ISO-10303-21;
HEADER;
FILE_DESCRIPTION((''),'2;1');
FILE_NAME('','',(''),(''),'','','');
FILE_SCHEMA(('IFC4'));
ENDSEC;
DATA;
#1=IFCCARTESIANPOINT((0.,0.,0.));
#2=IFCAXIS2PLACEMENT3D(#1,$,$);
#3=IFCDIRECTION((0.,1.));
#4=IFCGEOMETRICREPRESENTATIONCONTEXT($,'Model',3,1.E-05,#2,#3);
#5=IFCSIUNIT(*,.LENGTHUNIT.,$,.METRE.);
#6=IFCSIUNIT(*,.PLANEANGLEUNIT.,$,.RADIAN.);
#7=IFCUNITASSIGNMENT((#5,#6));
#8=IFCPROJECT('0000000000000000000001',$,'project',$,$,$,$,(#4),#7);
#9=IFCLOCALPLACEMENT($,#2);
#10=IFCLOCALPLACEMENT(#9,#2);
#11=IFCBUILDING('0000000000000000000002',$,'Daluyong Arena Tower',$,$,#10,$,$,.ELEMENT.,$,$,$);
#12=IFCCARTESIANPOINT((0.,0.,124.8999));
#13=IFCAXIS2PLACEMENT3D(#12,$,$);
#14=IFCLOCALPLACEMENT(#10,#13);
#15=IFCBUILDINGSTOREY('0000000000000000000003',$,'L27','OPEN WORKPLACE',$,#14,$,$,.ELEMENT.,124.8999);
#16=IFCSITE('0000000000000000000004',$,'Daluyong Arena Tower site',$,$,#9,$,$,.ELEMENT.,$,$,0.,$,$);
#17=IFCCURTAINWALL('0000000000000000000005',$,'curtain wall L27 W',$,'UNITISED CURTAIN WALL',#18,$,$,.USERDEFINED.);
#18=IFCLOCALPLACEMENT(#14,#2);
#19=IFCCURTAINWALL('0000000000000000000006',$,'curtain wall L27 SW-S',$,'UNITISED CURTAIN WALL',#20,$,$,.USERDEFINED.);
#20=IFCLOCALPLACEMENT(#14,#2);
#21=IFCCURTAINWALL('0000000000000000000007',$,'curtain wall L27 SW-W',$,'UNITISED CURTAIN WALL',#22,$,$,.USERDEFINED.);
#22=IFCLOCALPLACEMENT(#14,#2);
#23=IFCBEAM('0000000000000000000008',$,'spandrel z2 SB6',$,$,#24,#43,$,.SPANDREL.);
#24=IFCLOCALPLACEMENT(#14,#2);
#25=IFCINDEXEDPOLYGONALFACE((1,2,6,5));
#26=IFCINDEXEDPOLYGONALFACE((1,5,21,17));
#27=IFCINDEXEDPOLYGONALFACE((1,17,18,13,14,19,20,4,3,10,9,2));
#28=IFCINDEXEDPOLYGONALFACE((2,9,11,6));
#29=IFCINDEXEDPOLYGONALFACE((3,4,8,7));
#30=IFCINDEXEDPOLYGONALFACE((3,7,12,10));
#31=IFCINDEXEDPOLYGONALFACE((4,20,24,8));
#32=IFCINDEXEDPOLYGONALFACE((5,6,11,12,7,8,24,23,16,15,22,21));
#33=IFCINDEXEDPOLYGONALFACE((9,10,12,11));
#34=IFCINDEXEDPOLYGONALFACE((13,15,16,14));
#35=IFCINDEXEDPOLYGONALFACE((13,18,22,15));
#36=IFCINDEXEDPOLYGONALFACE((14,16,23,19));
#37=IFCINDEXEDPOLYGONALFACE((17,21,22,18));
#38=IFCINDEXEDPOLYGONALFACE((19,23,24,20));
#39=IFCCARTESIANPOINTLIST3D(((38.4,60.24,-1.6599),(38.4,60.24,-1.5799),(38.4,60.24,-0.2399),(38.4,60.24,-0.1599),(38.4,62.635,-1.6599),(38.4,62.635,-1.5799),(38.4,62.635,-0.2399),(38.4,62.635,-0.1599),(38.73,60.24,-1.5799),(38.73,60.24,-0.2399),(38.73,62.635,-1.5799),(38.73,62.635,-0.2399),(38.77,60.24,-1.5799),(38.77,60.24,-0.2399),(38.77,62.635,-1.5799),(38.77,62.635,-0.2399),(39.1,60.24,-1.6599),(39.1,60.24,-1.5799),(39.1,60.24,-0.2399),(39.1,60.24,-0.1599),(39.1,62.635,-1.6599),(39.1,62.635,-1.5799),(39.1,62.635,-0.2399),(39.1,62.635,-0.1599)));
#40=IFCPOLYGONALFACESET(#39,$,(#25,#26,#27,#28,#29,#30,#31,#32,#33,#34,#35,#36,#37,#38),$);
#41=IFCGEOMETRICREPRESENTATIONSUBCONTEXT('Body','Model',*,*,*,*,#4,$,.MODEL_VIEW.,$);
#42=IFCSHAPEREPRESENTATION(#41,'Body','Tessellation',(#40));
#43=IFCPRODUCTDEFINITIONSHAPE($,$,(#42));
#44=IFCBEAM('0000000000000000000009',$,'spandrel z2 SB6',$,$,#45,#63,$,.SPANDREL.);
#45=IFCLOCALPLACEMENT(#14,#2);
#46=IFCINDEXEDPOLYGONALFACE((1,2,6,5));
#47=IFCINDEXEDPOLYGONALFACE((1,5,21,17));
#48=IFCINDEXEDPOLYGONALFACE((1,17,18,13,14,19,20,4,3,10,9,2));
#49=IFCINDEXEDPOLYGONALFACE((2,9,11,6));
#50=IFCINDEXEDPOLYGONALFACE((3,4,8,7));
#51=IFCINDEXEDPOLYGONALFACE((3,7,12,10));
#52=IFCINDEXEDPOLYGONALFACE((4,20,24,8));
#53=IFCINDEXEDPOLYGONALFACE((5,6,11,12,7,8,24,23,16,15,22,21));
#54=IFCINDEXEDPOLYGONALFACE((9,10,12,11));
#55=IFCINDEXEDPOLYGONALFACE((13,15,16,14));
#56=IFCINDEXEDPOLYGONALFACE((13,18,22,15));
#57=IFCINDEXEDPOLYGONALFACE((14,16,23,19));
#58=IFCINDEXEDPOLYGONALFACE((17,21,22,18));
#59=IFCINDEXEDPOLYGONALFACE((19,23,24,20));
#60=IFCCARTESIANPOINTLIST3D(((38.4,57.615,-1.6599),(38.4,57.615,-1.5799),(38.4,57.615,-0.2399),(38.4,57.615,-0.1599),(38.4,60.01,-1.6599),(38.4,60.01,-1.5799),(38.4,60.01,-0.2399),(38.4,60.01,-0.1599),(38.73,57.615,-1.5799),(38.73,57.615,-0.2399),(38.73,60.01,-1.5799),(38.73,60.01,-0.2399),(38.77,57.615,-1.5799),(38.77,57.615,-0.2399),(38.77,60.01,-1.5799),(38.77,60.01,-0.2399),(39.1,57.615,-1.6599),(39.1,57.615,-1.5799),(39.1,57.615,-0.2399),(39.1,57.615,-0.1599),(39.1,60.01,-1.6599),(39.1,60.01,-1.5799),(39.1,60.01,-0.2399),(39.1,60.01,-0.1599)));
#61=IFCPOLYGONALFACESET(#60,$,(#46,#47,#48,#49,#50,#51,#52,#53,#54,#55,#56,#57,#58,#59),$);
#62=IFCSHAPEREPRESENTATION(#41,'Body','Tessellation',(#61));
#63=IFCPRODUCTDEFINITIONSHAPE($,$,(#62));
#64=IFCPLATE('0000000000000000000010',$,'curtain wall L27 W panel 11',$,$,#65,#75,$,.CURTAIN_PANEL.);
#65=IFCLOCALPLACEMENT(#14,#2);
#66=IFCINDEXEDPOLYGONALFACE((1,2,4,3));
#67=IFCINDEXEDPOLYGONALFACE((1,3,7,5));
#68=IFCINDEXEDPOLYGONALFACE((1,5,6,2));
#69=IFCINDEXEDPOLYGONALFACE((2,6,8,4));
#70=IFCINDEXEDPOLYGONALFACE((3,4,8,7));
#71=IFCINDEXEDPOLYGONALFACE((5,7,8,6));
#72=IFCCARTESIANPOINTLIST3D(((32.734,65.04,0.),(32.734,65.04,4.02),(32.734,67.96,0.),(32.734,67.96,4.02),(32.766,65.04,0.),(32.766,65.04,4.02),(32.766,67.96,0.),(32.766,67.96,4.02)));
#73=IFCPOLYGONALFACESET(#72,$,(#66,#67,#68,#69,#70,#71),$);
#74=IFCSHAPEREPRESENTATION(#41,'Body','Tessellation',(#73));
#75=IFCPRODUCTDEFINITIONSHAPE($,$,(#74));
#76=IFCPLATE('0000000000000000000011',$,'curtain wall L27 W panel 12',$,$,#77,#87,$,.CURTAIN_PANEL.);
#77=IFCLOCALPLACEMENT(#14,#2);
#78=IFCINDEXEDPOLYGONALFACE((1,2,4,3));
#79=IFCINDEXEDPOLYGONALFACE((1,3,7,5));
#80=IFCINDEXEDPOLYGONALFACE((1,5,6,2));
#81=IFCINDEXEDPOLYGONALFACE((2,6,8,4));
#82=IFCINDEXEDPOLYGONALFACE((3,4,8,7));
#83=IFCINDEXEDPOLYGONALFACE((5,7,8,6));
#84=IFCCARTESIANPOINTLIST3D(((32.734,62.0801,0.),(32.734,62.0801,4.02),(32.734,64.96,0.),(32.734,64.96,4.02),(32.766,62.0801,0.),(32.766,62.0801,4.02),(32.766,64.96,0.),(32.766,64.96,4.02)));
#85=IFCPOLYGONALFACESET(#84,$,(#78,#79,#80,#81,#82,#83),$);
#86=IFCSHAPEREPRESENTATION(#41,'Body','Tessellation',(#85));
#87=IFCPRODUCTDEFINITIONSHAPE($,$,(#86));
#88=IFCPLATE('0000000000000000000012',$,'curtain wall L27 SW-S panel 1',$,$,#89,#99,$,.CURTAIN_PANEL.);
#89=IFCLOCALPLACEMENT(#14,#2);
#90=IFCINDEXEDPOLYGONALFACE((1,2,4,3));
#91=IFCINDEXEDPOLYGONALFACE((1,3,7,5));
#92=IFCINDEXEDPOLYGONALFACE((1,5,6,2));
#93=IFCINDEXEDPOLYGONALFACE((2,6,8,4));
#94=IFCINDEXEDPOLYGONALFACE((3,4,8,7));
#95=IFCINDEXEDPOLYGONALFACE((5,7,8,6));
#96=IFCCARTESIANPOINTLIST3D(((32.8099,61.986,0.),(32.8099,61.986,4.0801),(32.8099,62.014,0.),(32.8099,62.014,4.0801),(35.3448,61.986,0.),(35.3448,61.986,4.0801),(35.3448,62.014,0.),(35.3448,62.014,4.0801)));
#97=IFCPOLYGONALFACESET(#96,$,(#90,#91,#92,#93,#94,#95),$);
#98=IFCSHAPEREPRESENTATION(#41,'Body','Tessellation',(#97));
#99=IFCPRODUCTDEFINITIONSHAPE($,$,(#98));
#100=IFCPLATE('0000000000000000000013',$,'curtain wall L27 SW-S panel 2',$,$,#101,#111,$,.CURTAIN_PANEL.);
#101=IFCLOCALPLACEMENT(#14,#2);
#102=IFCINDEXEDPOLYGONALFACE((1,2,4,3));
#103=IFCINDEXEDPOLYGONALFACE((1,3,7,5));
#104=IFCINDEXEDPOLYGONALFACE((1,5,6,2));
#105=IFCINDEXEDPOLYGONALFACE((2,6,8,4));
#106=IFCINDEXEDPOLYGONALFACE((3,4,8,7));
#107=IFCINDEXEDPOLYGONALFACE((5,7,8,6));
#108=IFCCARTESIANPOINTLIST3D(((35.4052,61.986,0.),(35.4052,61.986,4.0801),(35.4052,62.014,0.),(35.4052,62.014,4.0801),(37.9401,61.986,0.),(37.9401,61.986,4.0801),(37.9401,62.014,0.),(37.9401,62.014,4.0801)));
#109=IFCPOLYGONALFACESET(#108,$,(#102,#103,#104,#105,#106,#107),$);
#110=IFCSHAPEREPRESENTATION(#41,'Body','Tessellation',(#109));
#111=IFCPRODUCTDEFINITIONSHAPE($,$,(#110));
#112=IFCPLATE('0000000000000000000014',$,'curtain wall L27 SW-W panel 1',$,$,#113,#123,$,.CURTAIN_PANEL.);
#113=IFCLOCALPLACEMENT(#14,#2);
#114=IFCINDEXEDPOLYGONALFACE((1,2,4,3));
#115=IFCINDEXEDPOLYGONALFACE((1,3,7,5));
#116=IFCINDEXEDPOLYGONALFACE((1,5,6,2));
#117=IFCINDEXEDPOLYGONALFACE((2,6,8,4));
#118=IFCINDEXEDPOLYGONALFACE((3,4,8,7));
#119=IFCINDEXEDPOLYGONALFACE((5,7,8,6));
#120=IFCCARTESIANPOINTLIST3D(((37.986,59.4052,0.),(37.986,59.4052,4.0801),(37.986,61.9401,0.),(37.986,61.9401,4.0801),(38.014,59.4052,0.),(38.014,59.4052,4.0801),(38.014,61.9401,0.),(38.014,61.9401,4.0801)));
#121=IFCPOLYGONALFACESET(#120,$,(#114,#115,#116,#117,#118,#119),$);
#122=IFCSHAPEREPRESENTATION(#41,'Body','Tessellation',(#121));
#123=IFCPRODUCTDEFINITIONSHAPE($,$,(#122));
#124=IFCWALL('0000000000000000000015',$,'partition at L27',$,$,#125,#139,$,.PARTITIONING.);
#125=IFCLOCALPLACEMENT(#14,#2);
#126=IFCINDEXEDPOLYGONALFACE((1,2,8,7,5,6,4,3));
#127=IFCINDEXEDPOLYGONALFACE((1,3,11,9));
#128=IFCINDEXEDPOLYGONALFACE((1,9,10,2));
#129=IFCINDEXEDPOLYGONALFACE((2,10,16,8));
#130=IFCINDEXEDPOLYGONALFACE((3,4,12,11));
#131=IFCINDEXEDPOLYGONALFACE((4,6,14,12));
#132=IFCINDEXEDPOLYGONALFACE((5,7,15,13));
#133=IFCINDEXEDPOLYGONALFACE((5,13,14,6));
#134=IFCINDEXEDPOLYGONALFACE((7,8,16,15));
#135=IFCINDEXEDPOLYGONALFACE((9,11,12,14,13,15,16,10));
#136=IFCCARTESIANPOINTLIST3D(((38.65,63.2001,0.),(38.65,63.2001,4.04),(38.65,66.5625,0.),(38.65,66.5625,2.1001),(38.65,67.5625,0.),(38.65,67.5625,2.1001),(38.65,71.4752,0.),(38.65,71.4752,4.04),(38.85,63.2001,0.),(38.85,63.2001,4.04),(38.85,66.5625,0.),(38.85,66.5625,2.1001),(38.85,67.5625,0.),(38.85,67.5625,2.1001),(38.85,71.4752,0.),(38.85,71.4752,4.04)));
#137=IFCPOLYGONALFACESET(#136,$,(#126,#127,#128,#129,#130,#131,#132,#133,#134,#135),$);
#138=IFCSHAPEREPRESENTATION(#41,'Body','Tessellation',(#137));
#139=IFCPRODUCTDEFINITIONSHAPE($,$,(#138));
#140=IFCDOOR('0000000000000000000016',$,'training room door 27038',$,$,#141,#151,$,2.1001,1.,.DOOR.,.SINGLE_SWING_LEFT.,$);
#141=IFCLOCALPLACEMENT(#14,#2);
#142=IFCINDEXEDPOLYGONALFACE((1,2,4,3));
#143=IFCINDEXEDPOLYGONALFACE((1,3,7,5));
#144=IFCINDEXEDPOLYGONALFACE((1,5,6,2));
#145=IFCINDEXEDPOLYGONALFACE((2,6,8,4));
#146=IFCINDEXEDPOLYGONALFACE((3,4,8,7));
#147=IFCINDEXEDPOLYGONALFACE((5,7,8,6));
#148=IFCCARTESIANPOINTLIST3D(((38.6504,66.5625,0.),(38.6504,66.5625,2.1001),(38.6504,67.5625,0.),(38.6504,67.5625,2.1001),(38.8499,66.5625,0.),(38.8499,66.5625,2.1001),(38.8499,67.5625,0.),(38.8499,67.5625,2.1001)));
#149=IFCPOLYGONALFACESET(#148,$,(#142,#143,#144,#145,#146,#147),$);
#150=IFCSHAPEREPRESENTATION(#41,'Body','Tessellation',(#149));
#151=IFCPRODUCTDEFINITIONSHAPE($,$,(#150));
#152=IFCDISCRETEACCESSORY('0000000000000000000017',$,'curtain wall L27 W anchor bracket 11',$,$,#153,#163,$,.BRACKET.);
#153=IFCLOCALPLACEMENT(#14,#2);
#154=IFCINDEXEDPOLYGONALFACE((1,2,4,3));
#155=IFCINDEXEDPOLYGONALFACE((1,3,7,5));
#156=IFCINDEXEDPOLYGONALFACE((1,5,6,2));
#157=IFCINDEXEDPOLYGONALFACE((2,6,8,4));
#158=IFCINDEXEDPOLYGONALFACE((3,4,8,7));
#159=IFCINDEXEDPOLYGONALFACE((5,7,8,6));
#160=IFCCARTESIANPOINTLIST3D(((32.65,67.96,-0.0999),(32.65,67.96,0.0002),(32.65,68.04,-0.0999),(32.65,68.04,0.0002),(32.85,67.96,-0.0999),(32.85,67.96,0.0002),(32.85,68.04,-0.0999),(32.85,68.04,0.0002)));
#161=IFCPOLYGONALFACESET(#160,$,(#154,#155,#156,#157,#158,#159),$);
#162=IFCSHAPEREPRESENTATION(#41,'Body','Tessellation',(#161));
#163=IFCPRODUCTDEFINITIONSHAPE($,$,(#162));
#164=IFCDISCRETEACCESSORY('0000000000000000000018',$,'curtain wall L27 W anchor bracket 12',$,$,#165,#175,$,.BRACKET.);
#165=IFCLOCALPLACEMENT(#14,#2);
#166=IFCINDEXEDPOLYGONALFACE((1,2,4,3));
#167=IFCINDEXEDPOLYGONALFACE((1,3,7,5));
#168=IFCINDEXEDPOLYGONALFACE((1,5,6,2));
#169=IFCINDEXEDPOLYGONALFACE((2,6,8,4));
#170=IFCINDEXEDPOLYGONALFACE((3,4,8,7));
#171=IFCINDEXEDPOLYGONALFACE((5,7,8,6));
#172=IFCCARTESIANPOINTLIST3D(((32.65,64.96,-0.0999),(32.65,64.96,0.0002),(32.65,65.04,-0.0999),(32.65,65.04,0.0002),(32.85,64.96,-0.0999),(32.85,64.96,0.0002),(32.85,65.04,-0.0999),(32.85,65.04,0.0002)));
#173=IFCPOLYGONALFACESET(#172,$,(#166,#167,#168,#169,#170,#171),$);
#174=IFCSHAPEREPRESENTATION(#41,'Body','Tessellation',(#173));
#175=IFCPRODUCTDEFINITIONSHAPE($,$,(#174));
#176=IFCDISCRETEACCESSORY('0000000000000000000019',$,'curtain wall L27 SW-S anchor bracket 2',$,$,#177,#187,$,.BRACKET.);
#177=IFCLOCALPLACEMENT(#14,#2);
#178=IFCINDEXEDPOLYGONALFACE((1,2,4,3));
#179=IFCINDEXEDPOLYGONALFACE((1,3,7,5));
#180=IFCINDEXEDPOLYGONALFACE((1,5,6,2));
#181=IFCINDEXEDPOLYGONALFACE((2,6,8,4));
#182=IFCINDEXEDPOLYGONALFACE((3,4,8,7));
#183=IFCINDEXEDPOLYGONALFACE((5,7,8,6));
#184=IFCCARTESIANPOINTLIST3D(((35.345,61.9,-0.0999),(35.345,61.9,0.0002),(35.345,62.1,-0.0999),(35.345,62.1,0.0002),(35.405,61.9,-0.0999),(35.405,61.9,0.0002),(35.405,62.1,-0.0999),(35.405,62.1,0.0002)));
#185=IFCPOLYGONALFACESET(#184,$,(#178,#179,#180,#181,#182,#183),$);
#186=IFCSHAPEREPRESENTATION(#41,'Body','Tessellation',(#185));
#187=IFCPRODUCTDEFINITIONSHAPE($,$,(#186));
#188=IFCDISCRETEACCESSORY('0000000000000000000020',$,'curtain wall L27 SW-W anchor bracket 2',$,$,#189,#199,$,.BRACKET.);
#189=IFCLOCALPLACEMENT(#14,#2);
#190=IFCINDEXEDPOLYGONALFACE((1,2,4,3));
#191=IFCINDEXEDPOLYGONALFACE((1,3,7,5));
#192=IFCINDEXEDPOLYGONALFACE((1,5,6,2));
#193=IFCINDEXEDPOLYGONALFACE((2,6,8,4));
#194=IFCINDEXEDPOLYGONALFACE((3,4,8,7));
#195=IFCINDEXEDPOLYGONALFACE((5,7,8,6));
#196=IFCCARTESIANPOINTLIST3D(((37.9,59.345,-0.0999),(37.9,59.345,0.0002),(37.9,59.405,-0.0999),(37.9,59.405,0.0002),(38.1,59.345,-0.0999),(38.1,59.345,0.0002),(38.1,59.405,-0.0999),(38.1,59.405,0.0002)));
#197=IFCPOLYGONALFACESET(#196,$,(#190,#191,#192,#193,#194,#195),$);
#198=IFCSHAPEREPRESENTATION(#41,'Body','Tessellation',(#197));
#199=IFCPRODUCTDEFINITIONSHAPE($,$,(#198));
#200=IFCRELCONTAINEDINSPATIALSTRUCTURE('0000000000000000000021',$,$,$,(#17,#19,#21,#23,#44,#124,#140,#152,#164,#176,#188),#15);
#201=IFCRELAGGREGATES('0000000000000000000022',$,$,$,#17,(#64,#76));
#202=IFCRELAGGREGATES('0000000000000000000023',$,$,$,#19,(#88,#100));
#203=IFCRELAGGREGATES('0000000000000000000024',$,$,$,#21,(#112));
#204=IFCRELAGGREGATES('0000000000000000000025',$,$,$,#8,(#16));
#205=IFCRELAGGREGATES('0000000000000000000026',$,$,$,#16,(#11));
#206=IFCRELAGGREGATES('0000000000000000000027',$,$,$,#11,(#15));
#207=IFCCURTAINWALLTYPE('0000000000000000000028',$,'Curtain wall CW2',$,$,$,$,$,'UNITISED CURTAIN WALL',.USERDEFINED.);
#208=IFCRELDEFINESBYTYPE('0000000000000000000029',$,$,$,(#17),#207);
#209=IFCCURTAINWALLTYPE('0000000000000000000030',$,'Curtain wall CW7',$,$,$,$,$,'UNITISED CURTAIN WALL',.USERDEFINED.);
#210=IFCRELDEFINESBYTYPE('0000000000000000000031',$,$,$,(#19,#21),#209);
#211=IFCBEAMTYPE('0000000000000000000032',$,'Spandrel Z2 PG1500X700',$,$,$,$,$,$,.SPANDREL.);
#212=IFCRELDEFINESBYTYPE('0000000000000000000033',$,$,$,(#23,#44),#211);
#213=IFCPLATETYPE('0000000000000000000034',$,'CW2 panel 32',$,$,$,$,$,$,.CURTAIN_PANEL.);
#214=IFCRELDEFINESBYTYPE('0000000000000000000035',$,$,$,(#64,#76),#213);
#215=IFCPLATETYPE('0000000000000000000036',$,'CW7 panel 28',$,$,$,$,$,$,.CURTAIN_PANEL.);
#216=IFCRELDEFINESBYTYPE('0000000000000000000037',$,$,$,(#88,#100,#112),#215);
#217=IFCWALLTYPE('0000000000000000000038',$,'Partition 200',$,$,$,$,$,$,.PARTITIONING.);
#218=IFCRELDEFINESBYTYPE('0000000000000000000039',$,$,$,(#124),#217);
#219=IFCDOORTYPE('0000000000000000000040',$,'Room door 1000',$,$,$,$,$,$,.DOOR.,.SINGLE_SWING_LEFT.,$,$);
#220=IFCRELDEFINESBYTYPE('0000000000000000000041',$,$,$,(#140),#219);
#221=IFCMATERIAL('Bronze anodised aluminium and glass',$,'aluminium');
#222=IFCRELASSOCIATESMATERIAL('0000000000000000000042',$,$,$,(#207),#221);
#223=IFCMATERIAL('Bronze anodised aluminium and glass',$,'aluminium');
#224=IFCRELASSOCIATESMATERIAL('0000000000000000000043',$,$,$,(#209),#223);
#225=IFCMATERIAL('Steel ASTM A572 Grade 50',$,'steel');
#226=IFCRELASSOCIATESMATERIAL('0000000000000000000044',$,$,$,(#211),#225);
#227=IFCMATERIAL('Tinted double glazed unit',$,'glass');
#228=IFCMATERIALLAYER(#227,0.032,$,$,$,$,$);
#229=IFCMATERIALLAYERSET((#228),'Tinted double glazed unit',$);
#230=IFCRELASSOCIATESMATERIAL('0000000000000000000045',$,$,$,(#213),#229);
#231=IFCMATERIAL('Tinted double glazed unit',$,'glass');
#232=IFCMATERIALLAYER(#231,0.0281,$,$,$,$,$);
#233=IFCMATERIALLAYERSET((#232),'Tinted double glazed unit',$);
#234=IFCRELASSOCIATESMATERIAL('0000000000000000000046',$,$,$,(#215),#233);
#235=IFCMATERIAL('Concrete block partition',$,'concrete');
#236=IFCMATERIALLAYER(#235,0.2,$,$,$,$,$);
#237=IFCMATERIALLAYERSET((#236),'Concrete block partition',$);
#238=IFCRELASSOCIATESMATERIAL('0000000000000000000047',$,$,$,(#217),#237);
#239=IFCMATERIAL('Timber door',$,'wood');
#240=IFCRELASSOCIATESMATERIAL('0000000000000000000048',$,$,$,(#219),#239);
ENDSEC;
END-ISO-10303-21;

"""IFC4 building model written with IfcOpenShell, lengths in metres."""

from ifc_helpers import new_model, si_unit, direction, frame, frame_2d, origin, origin_2d, place, context, subcontext, project, spatial, rectangle, i_section, extrude, material, layer, layer_set, material_profile, profile_set, type_object, element, fill, aggregate, save


model = new_model("IFC4")

# Units and contexts
model_context = context("Model", 3, precision=1e-05, world=origin(), true_north=direction((0.0, 1.0)))
body_context = subcontext(model_context, "Body", "Model", "MODEL_VIEW")
ifc_project = project(units=[si_unit("LENGTHUNIT", "METRE"), si_unit("PLANEANGLEUNIT", "RADIAN")], contexts=[model_context])

# Site, building, storey
site_placement = place(None, origin())
site = spatial("IfcSite", under=ifc_project, at=site_placement, Name="Daluyong Arena Tower site", CompositionType="ELEMENT", RefElevation=0.0)
building_placement = place(site_placement, origin())
building = spatial("IfcBuilding", under=site, at=building_placement, Name="Daluyong Arena Tower", CompositionType="ELEMENT")
storey_placement = place(building_placement, frame((0.0, 0.0, 124.8999)))
storey = spatial("IfcBuildingStorey", under=building, at=storey_placement, Name="L27", Description="OPEN WORKPLACE", CompositionType="ELEMENT", Elevation=124.8999)

# Curtain walls
ifc_material_1 = material(Name="Bronze anodised aluminium and glass", Category="aluminium")
curtain_wall_type_1 = type_object("IfcCurtainWallType", Name="Curtain wall CW2", ElementType="UNITISED CURTAIN WALL", PredefinedType="USERDEFINED", material=ifc_material_1)
curtain_wall_1_placement = place(storey_placement, origin())
curtain_wall_1 = element("IfcCurtainWall", 1, at=curtain_wall_1_placement, inside=storey, type_object=curtain_wall_type_1, Name="curtain wall L27 W", ObjectType="UNITISED CURTAIN WALL", PredefinedType="USERDEFINED")
ifc_material_2 = material(Name="Bronze anodised aluminium and glass", Category="aluminium")
curtain_wall_type_2 = type_object("IfcCurtainWallType", Name="Curtain wall CW7", ElementType="UNITISED CURTAIN WALL", PredefinedType="USERDEFINED", material=ifc_material_2)
curtain_wall_2_placement = place(storey_placement, origin())
curtain_wall_2 = element("IfcCurtainWall", 2, at=curtain_wall_2_placement, inside=storey, type_object=curtain_wall_type_2, Name="curtain wall L27 SW-S", ObjectType="UNITISED CURTAIN WALL", PredefinedType="USERDEFINED")
curtain_wall_3_placement = place(storey_placement, origin())
curtain_wall_3 = element("IfcCurtainWall", 3, at=curtain_wall_3_placement, inside=storey, type_object=curtain_wall_type_2, Name="curtain wall L27 SW-W", ObjectType="UNITISED CURTAIN WALL", PredefinedType="USERDEFINED")

# Beams
ifc_material_3 = material(Name="Steel ASTM A572 Grade 50", Category="steel")
ifc_material_profile_1 = material_profile(ifc_material_3, i_section(OverallWidth=0.7, OverallDepth=1.5, WebThickness=0.04, FlangeThickness=0.08, at=origin_2d()))
ifc_profile_set_1 = profile_set([ifc_material_profile_1], Name="Steel ASTM A572 Grade 50")
beam_type_1 = type_object("IfcBeamType", Name="Spandrel Z2 PG1500X700", PredefinedType="SPANDREL", material=ifc_profile_set_1)
for number, where, z_axis, x_axis, name in (
    (4, (38.75, 62.635, -0.9099), (0.0, -1.0, 0.0), (1.0, 0.0, 0.0), "spandrel z2 SB6"),
    (5, (38.75, 60.01, -0.9099), (0.0, -1.0, 0.0), (1.0, 0.0, 0.0), "spandrel z2 SB6"),
):
    element("IfcBeam", number, at=place(storey_placement, frame(where, z_axis=z_axis, x_axis=x_axis)), inside=storey, type_object=beam_type_1, Name=name, PredefinedType="SPANDREL", context=body_context, shape_type="SweptSolid", body=[
        extrude(i_section(OverallWidth=0.7, OverallDepth=1.5, WebThickness=0.04, FlangeThickness=0.08, at=origin_2d()), origin(), (0.0, 0.0, 1.0), 2.395),
    ])

# Plates
ifc_material_4 = material(Name="Tinted double glazed unit", Category="glass")
ifc_layer_1 = layer(ifc_material_4, 0.032)
ifc_layer_set_1 = layer_set([ifc_layer_1], Name="Tinted double glazed unit")
plate_type_1 = type_object("IfcPlateType", Name="CW2 panel 32", PredefinedType="CURTAIN_PANEL", material=ifc_layer_set_1)
plate_1_placement = place(storey_placement, frame((32.75, 66.5, 0.0), z_axis=(0.0, 0.0, 1.0), x_axis=(0.0, -1.0, 0.0)))
plate_1 = element("IfcPlate", 6, at=plate_1_placement, type_object=plate_type_1, Name="curtain wall L27 W panel 11", PredefinedType="CURTAIN_PANEL", context=body_context, shape_type="SweptSolid", body=[
    extrude(rectangle(XDim=2.9199, YDim=0.032, at=origin_2d()), origin(), (0.0, 0.0, 1.0), 4.02),
])
plate_2_placement = place(storey_placement, frame((32.75, 63.52, 0.0), z_axis=(0.0, 0.0, 1.0), x_axis=(0.0, -1.0, 0.0)))
plate_2 = element("IfcPlate", 7, at=plate_2_placement, type_object=plate_type_1, Name="curtain wall L27 W panel 12", PredefinedType="CURTAIN_PANEL", context=body_context, shape_type="SweptSolid", body=[
    extrude(rectangle(XDim=2.8799, YDim=0.032, at=origin_2d()), origin(), (0.0, 0.0, 1.0), 4.02),
])
aggregate(curtain_wall_1, [plate_1, plate_2])
ifc_material_5 = material(Name="Tinted double glazed unit", Category="glass")
ifc_layer_2 = layer(ifc_material_5, 0.0281)
ifc_layer_set_2 = layer_set([ifc_layer_2], Name="Tinted double glazed unit")
plate_type_2 = type_object("IfcPlateType", Name="CW7 panel 28", PredefinedType="CURTAIN_PANEL", material=ifc_layer_set_2)
plate_3_placement = place(storey_placement, frame((34.0774, 62.0, 0.0), z_axis=(0.0, 0.0, 1.0), x_axis=(1.0, 0.0, 0.0)))
plate_3 = element("IfcPlate", 8, at=plate_3_placement, type_object=plate_type_2, Name="curtain wall L27 SW-S panel 1", PredefinedType="CURTAIN_PANEL", context=body_context, shape_type="SweptSolid", body=[
    extrude(rectangle(XDim=2.5349, YDim=0.0281, at=origin_2d()), origin(), (0.0, 0.0, 1.0), 4.0801),
])
plate_4_placement = place(storey_placement, frame((36.6726, 62.0, 0.0), z_axis=(0.0, 0.0, 1.0), x_axis=(1.0, 0.0, 0.0)))
plate_4 = element("IfcPlate", 9, at=plate_4_placement, type_object=plate_type_2, Name="curtain wall L27 SW-S panel 2", PredefinedType="CURTAIN_PANEL", context=body_context, shape_type="SweptSolid", body=[
    extrude(rectangle(XDim=2.5349, YDim=0.0281, at=origin_2d()), origin(), (0.0, 0.0, 1.0), 4.0801),
])
aggregate(curtain_wall_2, [plate_3, plate_4])
plate_5_placement = place(storey_placement, frame((38.0, 60.6726, 0.0), z_axis=(0.0, 0.0, 1.0), x_axis=(0.0, -1.0, 0.0)))
plate_5 = element("IfcPlate", 10, at=plate_5_placement, type_object=plate_type_2, Name="curtain wall L27 SW-W panel 1", PredefinedType="CURTAIN_PANEL", context=body_context, shape_type="SweptSolid", body=[
    extrude(rectangle(XDim=2.5349, YDim=0.0281, at=origin_2d()), origin(), (0.0, 0.0, 1.0), 4.0801),
])
aggregate(curtain_wall_3, [plate_5])

# Wall, opening, door
ifc_material_6 = material(Name="Concrete block partition", Category="concrete")
ifc_layer_3 = layer(ifc_material_6, 0.2)
ifc_layer_set_3 = layer_set([ifc_layer_3], Name="Concrete block partition")
wall_type = type_object("IfcWallType", Name="Partition 200", PredefinedType="PARTITIONING", material=ifc_layer_set_3)
wall_placement = place(storey_placement, frame((38.75, 63.2, 0.0), z_axis=(0.0, 0.0, 1.0), x_axis=(0.0, 1.0, 0.0)))
wall = element("IfcWall", 11, at=wall_placement, inside=storey, type_object=wall_type, Name="partition at L27", PredefinedType="PARTITIONING", context=body_context, shape_type="SweptSolid", body=[
    extrude(rectangle(XDim=8.2751, YDim=0.2, at=frame_2d((4.1377, 0.0))), origin(), (0.0, 0.0, 1.0), 4.04),
])
opening_placement = place(wall_placement, frame((3.3625, 0.0, 0.0)))
opening = element("IfcOpeningElement", 12, at=opening_placement, cuts=wall, PredefinedType="OPENING", context=body_context, shape_type="SweptSolid", body=[
    extrude(rectangle(XDim=1.0, YDim=2.1001, at=frame_2d((0.5, 1.05))), frame((0.0, 0.1099, 0.0), z_axis=(0.0, -1.0, 0.0), x_axis=(1.0, 0.0, 0.0)), (0.0, 0.0, 1.0), 0.22),
])
ifc_material_7 = material(Name="Timber door", Category="wood")
door_type = type_object("IfcDoorType", Name="Room door 1000", OperationType="SINGLE_SWING_LEFT", PredefinedType="DOOR", material=ifc_material_7)
door_placement = place(opening_placement, origin())
door = element("IfcDoor", 13, at=door_placement, inside=storey, type_object=door_type, Name="training room door 27038", OperationType="SINGLE_SWING_LEFT", OverallHeight=2.1001, OverallWidth=1.0, PredefinedType="DOOR", context=body_context, shape_type="SweptSolid", body=[
    extrude(rectangle(XDim=1.0, YDim=2.1001, at=frame_2d((0.5, 1.05))), frame((0.0, 0.0996, 0.0), z_axis=(0.0, -1.0, 0.0), x_axis=(1.0, 0.0, 0.0)), (0.0, 0.0, 1.0), 0.1995),
])
fill(opening, door)

# Discrete accessories
for number, where, z_axis, x_axis, name in (
    (14, (32.75, 68.0, -0.0999), (0.0, 0.0, 1.0), (0.0, -1.0, 0.0), "curtain wall L27 W anchor bracket 11"),
    (15, (32.75, 65.0, -0.0999), (0.0, 0.0, 1.0), (0.0, -1.0, 0.0), "curtain wall L27 W anchor bracket 12"),
):
    element("IfcDiscreteAccessory", number, at=place(storey_placement, frame(where, z_axis=z_axis, x_axis=x_axis)), inside=storey, Name=name, PredefinedType="BRACKET", context=body_context, shape_type="SweptSolid", body=[
        extrude(rectangle(XDim=0.0801, YDim=0.2, at=origin_2d()), origin(), (0.0, 0.0, 1.0), 0.1001),
    ])
for number, where, z_axis, x_axis, name in (
    (16, (35.375, 62.0, -0.0999), (0.0, 0.0, 1.0), (1.0, 0.0, 0.0), "curtain wall L27 SW-S anchor bracket 2"),
    (17, (38.0, 59.375, -0.0999), (0.0, 0.0, 1.0), (0.0, -1.0, 0.0), "curtain wall L27 SW-W anchor bracket 2"),
):
    element("IfcDiscreteAccessory", number, at=place(storey_placement, frame(where, z_axis=z_axis, x_axis=x_axis)), inside=storey, Name=name, PredefinedType="BRACKET", context=body_context, shape_type="SweptSolid", body=[
        extrude(rectangle(XDim=0.0601, YDim=0.2, at=origin_2d()), origin(), (0.0, 0.0, 1.0), 0.1001),
    ])

save(model, "model.ifc")
